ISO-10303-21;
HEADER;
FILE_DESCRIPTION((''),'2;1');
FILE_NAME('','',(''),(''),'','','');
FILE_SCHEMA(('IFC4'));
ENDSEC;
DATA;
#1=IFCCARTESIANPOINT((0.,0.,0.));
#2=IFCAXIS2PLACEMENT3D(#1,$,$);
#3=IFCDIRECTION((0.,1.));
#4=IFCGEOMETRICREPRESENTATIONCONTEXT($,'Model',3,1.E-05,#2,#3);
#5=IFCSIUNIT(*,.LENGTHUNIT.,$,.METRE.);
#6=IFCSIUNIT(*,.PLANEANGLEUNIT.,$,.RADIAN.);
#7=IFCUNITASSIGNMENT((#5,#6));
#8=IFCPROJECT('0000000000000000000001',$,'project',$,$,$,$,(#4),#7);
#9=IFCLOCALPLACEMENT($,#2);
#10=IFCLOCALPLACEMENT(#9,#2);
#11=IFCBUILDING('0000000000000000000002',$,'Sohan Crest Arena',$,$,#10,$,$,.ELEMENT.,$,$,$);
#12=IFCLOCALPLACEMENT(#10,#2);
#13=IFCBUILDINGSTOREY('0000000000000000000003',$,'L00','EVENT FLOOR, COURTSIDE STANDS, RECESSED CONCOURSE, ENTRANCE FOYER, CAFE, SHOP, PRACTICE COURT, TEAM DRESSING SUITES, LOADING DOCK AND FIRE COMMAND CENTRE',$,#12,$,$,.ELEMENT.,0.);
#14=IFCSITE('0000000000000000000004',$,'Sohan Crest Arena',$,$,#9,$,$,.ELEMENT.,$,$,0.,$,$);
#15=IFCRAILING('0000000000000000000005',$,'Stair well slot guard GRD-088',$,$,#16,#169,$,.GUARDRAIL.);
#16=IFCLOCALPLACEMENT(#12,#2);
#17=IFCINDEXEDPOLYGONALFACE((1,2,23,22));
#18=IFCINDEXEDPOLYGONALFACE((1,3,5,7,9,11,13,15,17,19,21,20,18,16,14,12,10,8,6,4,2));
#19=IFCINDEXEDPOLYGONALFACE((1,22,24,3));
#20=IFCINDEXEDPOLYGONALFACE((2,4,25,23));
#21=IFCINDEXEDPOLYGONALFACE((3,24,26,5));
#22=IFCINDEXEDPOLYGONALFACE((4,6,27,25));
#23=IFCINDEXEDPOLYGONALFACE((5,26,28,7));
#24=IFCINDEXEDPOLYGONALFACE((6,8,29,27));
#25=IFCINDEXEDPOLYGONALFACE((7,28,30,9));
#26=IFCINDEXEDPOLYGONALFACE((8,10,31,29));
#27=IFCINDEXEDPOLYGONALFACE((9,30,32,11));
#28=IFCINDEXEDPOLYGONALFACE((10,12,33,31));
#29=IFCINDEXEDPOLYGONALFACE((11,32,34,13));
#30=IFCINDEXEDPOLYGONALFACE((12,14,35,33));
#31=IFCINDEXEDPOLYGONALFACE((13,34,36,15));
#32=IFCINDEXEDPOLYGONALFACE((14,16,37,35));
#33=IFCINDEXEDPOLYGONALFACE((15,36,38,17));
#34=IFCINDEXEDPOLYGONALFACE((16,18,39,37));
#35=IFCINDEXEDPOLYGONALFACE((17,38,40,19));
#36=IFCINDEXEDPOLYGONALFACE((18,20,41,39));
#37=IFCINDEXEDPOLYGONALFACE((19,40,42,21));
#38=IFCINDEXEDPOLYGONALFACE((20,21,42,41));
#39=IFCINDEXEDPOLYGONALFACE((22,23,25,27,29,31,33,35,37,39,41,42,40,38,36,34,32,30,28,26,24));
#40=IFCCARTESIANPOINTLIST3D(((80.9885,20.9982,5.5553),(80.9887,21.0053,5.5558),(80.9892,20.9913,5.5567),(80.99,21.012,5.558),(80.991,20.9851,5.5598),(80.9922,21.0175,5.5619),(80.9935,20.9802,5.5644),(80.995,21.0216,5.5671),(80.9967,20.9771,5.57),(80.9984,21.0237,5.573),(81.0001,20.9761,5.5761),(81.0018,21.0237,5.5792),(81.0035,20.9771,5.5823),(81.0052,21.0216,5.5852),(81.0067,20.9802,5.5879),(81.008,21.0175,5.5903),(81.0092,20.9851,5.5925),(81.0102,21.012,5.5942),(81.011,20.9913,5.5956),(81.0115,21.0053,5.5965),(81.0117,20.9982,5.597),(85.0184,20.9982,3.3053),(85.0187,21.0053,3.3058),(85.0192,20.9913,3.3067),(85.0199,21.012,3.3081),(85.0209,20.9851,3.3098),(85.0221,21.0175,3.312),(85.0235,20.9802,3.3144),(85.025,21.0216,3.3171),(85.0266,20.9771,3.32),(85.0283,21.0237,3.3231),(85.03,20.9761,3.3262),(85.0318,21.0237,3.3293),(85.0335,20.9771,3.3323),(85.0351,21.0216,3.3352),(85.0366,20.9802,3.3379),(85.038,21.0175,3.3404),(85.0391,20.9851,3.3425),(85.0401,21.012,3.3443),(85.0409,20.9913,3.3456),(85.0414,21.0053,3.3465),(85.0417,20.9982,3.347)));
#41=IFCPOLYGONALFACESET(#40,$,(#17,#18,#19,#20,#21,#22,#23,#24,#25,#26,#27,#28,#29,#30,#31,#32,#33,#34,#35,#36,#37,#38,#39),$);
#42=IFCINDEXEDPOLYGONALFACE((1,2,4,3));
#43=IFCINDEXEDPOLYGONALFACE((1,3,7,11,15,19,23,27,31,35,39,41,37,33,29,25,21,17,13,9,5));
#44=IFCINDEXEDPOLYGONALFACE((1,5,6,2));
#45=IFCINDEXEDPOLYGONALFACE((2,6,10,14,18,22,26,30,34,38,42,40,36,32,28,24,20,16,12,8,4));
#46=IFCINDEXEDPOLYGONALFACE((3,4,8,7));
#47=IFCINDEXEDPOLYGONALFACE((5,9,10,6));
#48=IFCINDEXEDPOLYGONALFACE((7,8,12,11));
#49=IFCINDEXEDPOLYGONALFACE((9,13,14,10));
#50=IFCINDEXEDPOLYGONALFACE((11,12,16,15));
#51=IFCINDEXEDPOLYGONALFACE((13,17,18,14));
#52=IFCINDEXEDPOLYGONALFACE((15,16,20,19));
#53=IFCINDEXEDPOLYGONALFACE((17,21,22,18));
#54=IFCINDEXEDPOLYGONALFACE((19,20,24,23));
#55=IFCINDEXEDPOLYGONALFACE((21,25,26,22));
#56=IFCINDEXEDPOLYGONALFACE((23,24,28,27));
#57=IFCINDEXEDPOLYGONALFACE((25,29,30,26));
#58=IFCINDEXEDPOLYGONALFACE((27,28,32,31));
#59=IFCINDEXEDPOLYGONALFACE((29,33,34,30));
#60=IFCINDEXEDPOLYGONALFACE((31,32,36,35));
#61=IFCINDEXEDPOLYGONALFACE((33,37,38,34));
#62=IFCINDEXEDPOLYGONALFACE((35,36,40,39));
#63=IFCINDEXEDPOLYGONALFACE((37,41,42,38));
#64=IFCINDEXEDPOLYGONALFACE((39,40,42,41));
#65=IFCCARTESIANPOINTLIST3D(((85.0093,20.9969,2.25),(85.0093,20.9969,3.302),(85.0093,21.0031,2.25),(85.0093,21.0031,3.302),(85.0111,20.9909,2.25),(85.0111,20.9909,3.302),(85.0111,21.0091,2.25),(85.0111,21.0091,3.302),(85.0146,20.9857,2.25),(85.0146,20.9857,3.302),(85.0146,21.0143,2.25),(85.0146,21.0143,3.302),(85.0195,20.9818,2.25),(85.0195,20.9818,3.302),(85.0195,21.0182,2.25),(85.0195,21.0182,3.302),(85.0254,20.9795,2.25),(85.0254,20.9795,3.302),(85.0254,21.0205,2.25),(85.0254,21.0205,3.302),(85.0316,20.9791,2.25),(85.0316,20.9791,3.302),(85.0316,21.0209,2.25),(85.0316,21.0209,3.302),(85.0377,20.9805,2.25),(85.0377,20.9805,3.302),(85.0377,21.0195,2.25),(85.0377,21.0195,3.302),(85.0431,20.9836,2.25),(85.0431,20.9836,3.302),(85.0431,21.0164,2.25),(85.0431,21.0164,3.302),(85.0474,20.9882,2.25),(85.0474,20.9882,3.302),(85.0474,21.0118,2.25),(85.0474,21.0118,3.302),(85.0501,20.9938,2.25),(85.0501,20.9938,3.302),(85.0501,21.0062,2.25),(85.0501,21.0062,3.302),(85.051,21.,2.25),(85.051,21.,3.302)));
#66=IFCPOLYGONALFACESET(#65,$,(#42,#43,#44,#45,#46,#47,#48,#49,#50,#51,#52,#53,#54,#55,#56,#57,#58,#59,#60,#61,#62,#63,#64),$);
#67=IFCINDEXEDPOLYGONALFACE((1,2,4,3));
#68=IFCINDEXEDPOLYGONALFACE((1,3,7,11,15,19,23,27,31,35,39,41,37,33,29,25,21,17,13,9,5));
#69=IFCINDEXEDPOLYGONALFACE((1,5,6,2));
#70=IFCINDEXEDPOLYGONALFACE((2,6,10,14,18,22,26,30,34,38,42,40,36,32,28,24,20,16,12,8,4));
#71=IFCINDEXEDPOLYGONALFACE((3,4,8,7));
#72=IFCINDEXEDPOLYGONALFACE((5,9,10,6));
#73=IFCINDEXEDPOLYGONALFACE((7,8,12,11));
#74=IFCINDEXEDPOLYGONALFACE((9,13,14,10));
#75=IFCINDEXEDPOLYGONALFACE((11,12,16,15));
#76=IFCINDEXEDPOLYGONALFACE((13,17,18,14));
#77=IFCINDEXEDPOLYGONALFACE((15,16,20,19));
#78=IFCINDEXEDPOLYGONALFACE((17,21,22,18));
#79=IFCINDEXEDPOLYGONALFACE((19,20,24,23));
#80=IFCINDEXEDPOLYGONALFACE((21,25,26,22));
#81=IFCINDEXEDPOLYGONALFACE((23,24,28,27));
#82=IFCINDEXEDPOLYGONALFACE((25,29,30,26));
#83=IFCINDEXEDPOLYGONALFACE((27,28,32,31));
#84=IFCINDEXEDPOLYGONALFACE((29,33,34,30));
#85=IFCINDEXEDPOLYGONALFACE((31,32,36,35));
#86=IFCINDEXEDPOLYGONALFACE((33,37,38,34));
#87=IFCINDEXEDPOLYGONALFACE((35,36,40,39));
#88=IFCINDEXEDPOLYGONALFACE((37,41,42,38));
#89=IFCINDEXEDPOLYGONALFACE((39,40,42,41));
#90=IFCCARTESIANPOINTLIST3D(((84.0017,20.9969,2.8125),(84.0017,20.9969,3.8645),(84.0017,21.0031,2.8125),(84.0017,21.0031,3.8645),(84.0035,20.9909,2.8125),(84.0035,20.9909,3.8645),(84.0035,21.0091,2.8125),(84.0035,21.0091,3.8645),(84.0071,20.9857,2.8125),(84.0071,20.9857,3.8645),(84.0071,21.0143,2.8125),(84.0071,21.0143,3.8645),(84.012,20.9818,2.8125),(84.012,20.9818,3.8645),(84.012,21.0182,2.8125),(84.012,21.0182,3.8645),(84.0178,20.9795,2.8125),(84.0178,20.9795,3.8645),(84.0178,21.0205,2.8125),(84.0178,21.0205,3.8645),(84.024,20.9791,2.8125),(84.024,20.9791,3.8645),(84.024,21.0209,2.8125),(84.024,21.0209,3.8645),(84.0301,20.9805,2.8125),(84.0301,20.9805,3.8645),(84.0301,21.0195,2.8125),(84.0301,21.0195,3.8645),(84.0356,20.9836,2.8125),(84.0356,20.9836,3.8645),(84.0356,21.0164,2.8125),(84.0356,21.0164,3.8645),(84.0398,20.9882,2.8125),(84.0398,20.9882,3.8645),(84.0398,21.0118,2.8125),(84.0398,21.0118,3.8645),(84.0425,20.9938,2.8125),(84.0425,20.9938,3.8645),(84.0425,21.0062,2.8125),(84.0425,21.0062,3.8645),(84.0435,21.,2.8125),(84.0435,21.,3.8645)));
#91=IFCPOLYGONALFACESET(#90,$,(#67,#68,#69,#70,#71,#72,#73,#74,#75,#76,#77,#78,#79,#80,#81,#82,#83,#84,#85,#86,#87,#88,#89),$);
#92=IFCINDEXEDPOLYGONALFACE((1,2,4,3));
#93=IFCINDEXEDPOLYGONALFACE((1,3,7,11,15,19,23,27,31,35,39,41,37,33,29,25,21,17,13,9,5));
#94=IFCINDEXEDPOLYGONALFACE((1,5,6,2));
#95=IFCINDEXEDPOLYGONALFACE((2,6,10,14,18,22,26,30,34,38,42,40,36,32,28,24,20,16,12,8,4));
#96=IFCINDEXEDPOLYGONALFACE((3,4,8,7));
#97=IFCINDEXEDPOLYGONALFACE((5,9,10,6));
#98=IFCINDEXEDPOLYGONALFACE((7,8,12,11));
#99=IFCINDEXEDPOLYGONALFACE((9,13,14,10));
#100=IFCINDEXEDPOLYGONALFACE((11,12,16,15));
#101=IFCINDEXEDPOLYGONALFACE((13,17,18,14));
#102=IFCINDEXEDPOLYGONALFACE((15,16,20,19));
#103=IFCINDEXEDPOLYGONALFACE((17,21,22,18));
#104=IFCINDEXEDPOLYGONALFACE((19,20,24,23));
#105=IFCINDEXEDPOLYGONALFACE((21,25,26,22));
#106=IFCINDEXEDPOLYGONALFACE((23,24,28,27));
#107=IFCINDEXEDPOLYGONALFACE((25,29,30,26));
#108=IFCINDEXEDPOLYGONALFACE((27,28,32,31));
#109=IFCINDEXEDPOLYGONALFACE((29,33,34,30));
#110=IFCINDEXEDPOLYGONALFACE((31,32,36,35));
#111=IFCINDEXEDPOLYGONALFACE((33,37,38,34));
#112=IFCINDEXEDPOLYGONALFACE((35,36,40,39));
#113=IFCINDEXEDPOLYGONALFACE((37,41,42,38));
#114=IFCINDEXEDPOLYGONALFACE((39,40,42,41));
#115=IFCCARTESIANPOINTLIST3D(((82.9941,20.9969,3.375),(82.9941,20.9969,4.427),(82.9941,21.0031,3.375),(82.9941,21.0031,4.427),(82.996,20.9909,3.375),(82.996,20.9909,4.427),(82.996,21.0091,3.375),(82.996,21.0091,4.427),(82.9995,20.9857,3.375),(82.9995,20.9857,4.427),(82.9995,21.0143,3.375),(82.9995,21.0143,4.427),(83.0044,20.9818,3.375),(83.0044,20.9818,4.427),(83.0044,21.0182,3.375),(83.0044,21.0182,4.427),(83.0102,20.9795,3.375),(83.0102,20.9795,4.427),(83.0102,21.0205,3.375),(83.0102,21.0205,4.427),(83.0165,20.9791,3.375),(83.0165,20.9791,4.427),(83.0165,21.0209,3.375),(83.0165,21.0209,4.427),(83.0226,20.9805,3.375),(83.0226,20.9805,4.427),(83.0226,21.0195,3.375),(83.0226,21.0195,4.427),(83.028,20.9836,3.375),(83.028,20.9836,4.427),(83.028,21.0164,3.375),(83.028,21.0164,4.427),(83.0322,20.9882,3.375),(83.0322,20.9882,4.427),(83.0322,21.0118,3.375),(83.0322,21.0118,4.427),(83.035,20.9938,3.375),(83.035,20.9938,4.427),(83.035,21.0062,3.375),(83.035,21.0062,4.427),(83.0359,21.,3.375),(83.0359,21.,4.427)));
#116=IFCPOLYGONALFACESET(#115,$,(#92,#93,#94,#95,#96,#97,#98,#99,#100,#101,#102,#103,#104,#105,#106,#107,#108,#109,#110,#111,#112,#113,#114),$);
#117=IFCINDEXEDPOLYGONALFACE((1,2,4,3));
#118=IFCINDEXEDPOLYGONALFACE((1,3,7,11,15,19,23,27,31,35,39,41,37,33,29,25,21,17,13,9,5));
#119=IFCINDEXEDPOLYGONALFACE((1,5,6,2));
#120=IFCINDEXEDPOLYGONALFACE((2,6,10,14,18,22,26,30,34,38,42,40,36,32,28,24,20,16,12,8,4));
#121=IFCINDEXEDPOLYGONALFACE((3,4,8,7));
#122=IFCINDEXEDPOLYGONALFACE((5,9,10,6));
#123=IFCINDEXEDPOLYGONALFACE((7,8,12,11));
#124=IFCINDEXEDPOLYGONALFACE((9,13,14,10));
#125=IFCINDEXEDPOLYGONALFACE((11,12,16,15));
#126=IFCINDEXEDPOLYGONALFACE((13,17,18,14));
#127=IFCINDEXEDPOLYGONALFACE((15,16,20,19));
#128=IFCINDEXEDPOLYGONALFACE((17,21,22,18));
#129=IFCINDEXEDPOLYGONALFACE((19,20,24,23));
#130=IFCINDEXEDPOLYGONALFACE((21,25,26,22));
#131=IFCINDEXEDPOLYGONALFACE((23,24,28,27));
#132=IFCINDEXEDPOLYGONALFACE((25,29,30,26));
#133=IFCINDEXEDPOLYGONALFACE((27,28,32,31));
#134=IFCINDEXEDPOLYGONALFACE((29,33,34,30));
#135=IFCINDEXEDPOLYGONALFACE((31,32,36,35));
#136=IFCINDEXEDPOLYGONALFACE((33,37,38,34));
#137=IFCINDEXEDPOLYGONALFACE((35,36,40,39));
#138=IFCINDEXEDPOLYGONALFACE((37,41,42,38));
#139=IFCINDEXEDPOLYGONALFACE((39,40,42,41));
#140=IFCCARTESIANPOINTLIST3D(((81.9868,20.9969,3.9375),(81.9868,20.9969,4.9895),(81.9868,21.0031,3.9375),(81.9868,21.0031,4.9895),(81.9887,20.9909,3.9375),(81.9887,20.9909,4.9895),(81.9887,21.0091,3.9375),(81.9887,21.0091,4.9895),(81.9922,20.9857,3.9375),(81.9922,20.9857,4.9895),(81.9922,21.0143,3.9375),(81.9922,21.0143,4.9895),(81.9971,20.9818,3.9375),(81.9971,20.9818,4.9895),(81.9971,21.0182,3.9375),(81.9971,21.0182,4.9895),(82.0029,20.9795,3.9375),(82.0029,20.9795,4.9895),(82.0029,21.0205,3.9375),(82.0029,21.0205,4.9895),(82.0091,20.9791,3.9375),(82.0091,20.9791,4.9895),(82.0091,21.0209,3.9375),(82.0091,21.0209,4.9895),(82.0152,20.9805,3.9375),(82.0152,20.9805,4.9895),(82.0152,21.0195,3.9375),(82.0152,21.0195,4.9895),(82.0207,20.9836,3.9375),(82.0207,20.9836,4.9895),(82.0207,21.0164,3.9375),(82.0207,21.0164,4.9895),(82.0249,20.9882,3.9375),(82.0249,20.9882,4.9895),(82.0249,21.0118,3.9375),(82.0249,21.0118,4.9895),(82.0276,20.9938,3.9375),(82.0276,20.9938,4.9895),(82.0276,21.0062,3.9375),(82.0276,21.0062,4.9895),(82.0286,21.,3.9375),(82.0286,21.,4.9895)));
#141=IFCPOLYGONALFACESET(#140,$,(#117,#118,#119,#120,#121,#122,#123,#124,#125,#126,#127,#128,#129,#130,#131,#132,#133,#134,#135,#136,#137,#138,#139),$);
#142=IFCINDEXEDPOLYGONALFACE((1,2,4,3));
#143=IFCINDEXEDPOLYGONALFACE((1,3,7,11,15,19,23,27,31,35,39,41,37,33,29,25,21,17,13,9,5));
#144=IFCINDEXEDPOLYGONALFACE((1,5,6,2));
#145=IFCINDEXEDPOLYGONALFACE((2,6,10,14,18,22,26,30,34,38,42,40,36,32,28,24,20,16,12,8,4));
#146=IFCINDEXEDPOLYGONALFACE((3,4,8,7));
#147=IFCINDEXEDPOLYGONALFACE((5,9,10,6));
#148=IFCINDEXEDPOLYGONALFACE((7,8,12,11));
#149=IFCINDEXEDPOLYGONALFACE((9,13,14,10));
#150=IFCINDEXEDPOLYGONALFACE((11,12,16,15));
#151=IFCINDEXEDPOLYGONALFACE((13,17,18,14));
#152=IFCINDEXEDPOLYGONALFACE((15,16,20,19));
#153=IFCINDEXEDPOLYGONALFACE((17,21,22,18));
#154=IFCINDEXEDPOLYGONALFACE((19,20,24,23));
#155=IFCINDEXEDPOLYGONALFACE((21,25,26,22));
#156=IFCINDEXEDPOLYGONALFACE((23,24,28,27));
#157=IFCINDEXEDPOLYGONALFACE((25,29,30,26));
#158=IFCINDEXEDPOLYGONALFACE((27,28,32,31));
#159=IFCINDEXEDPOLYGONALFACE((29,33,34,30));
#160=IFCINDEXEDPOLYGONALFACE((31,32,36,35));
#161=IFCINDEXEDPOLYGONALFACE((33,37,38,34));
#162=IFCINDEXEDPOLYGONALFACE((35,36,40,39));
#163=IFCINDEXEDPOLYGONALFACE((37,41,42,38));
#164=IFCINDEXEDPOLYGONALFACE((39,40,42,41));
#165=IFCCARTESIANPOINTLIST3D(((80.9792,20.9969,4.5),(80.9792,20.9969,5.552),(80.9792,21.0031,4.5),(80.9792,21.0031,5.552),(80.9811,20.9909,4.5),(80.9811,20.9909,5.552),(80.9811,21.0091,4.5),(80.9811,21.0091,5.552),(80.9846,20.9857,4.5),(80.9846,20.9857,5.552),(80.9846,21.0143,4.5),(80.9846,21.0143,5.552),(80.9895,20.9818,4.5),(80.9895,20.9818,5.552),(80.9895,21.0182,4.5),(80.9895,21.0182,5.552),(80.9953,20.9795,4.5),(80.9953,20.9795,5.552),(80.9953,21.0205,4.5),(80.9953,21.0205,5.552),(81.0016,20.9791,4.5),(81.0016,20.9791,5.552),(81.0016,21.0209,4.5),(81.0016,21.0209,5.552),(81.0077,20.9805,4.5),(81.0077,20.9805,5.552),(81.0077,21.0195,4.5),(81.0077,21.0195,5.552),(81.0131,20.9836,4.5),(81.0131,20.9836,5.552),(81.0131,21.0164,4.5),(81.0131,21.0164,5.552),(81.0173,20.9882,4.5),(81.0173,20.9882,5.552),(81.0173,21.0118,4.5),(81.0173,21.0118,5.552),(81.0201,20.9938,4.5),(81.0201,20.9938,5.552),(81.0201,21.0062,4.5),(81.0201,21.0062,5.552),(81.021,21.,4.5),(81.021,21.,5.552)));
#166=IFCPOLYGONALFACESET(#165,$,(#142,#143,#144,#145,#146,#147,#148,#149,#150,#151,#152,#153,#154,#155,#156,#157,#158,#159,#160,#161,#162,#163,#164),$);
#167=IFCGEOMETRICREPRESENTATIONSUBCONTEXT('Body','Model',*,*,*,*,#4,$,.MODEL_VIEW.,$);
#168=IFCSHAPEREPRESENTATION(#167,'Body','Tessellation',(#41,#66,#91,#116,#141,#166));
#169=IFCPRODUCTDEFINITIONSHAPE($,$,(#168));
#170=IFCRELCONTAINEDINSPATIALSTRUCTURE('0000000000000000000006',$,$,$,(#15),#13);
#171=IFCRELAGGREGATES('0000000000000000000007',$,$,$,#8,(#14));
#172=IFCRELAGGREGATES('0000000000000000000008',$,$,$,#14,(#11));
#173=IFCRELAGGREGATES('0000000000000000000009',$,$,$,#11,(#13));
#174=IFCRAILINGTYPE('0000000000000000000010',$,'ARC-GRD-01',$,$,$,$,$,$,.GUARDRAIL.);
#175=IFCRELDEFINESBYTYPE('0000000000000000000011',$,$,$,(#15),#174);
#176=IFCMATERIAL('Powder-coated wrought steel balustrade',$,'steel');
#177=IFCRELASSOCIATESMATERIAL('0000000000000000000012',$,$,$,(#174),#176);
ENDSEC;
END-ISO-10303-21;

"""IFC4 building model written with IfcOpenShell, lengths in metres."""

from ifc_helpers import new_model, si_unit, direction, frame, origin, origin_2d, place, context, subcontext, project, spatial, circle, extrude, material, type_object, element, save


model = new_model("IFC4")

# Units and contexts
model_context = context("Model", 3, precision=1e-05, world=origin(), true_north=direction((0.0, 1.0)))
body_context = subcontext(model_context, "Body", "Model", "MODEL_VIEW")
ifc_project = project(units=[si_unit("LENGTHUNIT", "METRE"), si_unit("PLANEANGLEUNIT", "RADIAN")], contexts=[model_context])

# Site, building, storey
site_placement = place(None, origin())
site = spatial("IfcSite", under=ifc_project, at=site_placement, Name="Sohan Crest Arena", CompositionType="ELEMENT", RefElevation=0.0)
building_placement = place(site_placement, origin())
building = spatial("IfcBuilding", under=site, at=building_placement, Name="Sohan Crest Arena", CompositionType="ELEMENT")
storey_placement = place(building_placement, origin())
storey = spatial("IfcBuildingStorey", under=building, at=storey_placement, Name="L00", Description="EVENT FLOOR, COURTSIDE STANDS, RECESSED CONCOURSE, ENTRANCE FOYER, CAFE, SHOP, PRACTICE COURT, TEAM DRESSING SUITES, LOADING DOCK AND FIRE COMMAND CENTRE", CompositionType="ELEMENT", Elevation=0.0)

# Railing
ifc_material_1 = material(Name="Powder-coated wrought steel balustrade", Category="steel")
railing_type_1 = type_object("IfcRailingType", Name="ARC-GRD-01", PredefinedType="GUARDRAIL", material=ifc_material_1)
railing_1_placement = place(storey_placement, frame((85.03, 21.0, 2.25)))
element("IfcRailing", 1, at=railing_1_placement, inside=storey, type_object=railing_type_1, Name="Stair well slot guard GRD-088", PredefinedType="GUARDRAIL", context=body_context, shape_type="SweptSolid", body=[
    extrude(circle(Radius=0.0239, at=origin_2d()), frame((0.0, 0.0, 1.0762), z_axis=(-0.873135, 0.0, 0.487479), x_axis=(0.0, -1.0, 0.0)), (0.0, 0.0, 1.0), 4.6155),
    extrude(circle(Radius=0.021, at=origin_2d()), origin(), (0.0, 0.0, 1.0), 1.052),
    extrude(circle(Radius=0.021, at=origin_2d()), frame((-1.0076, 0.0, 0.5625)), (0.0, 0.0, 1.0), 1.052),
    extrude(circle(Radius=0.021, at=origin_2d()), frame((-2.0151, 0.0, 1.125)), (0.0, 0.0, 1.0), 1.052),
    extrude(circle(Radius=0.021, at=origin_2d()), frame((-3.0225, 0.0, 1.6875)), (0.0, 0.0, 1.0), 1.052),
    extrude(circle(Radius=0.021, at=origin_2d()), frame((-4.03, 0.0, 2.25)), (0.0, 0.0, 1.0), 1.052),
])

save(model, "model.ifc")
